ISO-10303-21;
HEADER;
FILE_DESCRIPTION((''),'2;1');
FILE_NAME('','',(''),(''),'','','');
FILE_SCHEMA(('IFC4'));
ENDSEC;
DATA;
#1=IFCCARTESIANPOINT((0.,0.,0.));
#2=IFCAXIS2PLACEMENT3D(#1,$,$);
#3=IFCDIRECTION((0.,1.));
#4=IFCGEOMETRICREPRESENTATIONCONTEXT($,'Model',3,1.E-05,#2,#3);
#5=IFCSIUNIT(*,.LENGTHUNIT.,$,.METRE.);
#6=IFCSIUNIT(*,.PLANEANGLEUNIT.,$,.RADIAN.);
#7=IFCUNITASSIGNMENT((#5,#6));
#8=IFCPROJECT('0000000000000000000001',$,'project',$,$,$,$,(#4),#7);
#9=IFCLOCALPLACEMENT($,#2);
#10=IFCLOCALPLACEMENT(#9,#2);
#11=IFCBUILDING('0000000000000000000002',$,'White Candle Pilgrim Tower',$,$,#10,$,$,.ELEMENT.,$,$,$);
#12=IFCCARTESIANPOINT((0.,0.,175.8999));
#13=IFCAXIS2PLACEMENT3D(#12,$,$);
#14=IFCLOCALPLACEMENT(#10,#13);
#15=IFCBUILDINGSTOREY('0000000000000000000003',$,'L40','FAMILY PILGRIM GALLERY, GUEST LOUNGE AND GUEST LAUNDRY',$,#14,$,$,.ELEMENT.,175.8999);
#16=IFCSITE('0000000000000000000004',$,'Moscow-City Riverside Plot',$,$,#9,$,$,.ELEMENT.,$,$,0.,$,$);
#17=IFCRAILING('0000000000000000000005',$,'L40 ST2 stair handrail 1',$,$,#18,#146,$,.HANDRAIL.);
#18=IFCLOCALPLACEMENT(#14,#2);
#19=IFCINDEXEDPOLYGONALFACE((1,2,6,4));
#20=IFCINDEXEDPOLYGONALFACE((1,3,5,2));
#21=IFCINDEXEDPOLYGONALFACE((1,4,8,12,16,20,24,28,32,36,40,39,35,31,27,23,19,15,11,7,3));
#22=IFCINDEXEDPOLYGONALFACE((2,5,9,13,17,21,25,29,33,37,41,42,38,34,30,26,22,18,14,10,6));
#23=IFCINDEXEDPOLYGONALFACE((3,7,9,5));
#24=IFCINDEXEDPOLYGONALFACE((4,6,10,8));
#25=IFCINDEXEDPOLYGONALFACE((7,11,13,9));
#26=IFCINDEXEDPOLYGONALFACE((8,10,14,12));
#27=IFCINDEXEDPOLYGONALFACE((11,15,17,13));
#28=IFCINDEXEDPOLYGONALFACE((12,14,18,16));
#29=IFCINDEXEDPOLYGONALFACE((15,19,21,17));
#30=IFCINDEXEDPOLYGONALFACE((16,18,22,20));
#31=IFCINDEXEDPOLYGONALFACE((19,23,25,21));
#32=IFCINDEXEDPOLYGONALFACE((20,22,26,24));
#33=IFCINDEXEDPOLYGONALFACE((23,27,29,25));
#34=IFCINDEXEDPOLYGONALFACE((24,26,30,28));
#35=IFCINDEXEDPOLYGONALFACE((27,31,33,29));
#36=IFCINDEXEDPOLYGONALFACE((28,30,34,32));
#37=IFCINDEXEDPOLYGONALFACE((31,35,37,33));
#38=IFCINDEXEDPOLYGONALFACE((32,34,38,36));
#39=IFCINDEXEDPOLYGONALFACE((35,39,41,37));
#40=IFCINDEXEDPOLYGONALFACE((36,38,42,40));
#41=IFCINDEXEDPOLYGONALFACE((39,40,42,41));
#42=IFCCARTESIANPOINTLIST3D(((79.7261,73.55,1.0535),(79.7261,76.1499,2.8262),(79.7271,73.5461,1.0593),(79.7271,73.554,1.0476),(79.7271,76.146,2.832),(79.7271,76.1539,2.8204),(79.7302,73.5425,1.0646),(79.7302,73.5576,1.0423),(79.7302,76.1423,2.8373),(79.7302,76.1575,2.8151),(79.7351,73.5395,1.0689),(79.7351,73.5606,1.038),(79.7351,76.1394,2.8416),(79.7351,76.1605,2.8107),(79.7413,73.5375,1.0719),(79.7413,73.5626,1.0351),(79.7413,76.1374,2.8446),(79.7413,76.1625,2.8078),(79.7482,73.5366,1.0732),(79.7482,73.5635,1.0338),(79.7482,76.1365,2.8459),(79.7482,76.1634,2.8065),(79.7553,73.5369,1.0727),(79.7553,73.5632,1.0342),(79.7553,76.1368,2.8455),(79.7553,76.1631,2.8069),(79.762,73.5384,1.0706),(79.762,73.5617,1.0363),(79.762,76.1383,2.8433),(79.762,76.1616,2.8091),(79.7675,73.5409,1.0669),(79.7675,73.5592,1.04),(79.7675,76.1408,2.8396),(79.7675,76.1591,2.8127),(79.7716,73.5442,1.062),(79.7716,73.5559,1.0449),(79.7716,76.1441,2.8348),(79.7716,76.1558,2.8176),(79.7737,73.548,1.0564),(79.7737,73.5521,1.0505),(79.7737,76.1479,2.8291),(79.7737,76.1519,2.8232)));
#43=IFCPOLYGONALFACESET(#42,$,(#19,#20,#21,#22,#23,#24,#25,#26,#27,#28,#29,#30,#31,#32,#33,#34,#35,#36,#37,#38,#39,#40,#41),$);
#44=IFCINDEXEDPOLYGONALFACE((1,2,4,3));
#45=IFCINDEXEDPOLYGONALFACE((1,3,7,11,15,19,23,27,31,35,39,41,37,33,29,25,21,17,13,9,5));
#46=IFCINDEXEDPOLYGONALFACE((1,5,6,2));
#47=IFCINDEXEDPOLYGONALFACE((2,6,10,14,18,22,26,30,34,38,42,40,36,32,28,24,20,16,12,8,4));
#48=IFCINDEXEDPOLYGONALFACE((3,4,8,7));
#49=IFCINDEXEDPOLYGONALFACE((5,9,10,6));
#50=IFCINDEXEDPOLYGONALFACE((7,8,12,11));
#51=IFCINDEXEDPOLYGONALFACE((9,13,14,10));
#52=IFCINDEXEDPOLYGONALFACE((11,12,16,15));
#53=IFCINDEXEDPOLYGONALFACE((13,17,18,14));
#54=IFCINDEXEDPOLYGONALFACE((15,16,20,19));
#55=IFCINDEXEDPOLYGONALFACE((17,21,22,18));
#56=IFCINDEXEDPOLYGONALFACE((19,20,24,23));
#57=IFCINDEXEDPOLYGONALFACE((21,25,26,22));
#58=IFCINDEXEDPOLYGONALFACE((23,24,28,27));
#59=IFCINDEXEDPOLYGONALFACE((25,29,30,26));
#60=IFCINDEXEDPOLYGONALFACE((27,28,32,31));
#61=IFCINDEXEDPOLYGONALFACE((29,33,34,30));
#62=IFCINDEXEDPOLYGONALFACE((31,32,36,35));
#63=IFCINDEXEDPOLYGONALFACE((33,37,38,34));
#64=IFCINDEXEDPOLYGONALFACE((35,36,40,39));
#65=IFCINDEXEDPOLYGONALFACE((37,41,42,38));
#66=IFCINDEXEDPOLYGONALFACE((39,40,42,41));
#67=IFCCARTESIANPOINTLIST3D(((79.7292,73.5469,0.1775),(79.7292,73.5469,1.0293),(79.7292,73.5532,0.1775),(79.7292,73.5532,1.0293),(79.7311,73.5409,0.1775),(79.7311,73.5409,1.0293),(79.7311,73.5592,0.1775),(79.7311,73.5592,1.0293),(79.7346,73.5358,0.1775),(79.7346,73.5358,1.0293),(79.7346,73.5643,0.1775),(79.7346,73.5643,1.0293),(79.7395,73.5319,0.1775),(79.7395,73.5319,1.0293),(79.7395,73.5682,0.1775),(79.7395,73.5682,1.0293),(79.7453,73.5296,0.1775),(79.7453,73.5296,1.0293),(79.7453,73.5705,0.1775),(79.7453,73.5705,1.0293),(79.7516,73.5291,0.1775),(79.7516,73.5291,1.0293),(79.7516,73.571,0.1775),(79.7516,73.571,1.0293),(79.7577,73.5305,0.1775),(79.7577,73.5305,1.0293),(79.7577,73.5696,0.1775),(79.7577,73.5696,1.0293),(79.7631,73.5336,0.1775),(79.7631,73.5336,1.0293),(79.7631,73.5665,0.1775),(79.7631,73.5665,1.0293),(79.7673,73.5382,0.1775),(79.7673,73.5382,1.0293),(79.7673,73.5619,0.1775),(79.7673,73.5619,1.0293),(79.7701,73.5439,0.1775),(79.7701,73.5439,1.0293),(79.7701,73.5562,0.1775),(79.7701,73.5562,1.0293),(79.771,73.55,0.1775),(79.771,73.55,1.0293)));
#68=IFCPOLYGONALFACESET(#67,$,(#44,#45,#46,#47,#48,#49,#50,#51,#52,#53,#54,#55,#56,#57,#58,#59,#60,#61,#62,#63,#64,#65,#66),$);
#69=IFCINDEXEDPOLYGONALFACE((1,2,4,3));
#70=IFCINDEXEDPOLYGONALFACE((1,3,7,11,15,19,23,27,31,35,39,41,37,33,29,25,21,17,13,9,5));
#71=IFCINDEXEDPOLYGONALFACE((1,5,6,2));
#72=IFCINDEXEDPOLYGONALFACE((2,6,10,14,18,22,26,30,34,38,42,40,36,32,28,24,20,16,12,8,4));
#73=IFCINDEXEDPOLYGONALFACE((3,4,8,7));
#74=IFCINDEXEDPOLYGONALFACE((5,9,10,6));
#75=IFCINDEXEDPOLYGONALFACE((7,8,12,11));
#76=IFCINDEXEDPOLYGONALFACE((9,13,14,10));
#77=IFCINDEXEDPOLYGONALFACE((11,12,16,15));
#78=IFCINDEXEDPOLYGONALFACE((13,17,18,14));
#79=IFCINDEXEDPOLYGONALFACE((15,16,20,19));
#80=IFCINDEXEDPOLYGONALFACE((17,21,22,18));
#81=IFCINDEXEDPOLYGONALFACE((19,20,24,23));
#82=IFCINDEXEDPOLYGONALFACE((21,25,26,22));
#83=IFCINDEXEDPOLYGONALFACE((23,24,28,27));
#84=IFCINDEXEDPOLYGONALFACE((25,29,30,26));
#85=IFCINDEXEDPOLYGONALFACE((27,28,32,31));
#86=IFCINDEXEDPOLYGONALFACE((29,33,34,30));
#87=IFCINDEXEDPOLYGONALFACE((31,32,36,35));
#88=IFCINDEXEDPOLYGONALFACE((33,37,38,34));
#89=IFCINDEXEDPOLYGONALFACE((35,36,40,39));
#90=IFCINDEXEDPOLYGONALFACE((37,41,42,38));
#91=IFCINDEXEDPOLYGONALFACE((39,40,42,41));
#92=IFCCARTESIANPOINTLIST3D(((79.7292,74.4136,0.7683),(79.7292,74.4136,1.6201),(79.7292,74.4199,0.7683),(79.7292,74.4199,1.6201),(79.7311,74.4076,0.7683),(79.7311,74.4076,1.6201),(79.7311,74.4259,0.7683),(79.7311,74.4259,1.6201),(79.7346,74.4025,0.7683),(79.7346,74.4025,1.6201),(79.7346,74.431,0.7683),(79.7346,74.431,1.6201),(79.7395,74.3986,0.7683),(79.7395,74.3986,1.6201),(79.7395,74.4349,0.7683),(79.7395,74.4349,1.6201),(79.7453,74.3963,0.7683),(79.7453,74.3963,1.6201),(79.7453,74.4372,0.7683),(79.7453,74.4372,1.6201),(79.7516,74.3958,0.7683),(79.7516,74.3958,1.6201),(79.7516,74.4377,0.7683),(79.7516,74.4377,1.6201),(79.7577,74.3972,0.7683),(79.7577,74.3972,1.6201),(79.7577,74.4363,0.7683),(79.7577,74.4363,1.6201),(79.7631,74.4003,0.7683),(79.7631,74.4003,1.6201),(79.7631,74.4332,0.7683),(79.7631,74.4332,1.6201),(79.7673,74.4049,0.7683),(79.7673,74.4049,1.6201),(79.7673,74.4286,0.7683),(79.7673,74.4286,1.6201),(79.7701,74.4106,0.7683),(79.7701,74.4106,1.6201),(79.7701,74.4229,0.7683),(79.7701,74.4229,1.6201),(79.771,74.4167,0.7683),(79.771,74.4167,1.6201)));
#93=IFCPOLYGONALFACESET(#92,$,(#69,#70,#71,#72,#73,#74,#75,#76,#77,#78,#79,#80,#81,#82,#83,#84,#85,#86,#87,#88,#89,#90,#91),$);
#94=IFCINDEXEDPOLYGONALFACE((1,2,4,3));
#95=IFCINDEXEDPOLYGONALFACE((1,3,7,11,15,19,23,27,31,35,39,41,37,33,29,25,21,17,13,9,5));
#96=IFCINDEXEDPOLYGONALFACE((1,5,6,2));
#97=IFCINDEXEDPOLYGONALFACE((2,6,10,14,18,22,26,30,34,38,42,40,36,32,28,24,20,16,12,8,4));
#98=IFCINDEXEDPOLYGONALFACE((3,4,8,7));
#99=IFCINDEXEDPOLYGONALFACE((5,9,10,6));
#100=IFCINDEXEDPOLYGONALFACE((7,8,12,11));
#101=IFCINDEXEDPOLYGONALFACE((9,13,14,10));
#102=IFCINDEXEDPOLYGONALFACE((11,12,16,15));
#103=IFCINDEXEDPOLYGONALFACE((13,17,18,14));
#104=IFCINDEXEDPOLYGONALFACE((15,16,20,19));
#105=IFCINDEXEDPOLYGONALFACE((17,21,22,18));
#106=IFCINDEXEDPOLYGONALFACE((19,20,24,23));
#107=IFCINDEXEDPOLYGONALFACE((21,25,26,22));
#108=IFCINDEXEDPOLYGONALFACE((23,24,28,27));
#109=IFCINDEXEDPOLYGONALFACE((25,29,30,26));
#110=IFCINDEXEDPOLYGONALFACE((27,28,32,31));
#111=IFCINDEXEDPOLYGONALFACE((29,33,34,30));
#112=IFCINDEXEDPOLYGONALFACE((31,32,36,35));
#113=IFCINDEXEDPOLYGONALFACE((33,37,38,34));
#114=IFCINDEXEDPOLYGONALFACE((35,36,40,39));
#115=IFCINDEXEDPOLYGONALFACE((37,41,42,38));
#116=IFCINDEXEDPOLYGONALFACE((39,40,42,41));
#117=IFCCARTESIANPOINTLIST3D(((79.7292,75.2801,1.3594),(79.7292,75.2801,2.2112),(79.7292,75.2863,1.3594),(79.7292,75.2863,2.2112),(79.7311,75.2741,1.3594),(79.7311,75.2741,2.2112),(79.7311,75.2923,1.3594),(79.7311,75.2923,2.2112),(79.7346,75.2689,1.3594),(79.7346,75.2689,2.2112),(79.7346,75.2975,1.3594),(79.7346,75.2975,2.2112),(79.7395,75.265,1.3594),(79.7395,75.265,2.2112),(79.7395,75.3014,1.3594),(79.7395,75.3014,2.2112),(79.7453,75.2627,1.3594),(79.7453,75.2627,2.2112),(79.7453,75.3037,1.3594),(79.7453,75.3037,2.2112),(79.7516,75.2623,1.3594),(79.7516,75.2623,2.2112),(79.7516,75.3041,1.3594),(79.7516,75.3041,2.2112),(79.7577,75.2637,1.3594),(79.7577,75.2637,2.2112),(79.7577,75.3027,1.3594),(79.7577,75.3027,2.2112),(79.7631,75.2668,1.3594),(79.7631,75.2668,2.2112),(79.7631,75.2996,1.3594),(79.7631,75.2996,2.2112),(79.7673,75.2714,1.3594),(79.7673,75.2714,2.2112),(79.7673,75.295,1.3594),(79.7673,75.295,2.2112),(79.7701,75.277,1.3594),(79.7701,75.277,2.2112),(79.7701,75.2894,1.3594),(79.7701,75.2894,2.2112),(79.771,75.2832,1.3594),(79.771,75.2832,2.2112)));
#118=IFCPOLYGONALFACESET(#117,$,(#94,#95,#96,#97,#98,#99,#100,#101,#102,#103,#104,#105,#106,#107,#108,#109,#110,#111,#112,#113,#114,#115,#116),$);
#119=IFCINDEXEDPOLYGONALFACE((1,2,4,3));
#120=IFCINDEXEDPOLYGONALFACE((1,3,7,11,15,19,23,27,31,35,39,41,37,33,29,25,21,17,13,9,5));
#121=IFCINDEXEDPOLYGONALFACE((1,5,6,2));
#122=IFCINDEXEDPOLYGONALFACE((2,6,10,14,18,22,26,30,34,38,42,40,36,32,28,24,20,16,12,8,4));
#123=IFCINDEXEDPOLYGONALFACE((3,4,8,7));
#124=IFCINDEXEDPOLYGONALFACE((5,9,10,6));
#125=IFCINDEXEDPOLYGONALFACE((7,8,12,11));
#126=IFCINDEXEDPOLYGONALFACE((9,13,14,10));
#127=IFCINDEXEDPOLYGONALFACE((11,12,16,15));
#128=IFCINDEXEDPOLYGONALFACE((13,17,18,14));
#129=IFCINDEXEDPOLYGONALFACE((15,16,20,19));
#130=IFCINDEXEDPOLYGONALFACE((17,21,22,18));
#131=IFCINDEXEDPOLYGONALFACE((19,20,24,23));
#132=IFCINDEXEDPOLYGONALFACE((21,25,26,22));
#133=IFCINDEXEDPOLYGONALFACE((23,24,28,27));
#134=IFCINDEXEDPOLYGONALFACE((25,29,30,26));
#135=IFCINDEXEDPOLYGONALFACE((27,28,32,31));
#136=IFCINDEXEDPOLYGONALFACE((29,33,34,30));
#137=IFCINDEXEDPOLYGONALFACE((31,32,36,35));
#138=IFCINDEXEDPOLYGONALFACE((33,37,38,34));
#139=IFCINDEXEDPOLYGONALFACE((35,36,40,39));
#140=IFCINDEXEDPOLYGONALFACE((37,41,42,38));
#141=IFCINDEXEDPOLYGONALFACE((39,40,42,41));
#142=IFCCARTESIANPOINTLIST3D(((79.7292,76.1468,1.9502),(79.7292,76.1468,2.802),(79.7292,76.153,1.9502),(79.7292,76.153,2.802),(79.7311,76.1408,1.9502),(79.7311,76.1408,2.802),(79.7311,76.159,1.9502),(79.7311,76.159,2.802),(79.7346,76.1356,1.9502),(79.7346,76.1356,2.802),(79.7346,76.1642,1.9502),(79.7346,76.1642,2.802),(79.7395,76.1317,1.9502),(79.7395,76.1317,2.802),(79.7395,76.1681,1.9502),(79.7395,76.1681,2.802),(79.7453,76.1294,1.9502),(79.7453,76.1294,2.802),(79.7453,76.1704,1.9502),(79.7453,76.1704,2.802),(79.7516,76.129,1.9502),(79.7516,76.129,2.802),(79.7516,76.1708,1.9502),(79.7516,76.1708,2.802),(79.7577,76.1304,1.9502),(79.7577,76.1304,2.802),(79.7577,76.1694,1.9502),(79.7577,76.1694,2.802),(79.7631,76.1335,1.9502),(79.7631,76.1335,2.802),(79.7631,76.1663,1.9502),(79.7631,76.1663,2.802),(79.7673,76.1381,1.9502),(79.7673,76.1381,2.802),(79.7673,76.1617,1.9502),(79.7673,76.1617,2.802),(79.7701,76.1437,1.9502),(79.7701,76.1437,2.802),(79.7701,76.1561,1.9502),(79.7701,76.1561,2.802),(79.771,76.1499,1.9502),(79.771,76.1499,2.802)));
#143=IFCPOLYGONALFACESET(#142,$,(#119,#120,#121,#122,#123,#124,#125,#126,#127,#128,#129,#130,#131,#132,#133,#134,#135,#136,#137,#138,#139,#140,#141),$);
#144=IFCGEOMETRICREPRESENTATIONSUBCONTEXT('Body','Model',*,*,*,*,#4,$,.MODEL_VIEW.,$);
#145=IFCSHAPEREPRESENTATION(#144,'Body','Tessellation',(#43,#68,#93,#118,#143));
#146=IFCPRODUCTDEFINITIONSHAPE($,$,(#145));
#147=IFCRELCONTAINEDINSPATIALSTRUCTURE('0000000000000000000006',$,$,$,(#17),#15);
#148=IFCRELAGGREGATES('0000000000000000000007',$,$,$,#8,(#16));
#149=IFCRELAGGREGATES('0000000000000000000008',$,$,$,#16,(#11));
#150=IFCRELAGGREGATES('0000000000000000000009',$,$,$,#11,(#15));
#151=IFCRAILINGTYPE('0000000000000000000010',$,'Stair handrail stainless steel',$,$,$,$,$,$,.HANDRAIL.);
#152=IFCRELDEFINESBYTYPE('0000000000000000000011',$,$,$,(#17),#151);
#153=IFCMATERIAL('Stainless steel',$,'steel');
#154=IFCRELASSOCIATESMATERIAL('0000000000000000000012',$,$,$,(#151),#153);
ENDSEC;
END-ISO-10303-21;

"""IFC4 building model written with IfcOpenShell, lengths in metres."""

from ifc_helpers import new_model, si_unit, direction, frame, origin, origin_2d, place, context, subcontext, project, spatial, circle, extrude, material, type_object, element, save


model = new_model("IFC4")

# Units and contexts
model_context = context("Model", 3, precision=1e-05, world=origin(), true_north=direction((0.0, 1.0)))
body_context = subcontext(model_context, "Body", "Model", "MODEL_VIEW")
ifc_project = project(units=[si_unit("LENGTHUNIT", "METRE"), si_unit("PLANEANGLEUNIT", "RADIAN")], contexts=[model_context])

# Site, building, storey
site_placement = place(None, origin())
site = spatial("IfcSite", under=ifc_project, at=site_placement, Name="Moscow-City Riverside Plot", CompositionType="ELEMENT", RefElevation=0.0)
building_placement = place(site_placement, origin())
building = spatial("IfcBuilding", under=site, at=building_placement, Name="White Candle Pilgrim Tower", CompositionType="ELEMENT")
storey_placement = place(building_placement, frame((0.0, 0.0, 175.8999)))
storey = spatial("IfcBuildingStorey", under=building, at=storey_placement, Name="L40", Description="FAMILY PILGRIM GALLERY, GUEST LOUNGE AND GUEST LAUNDRY", CompositionType="ELEMENT", Elevation=175.8999)

# Railing
ifc_material_1 = material(Name="Stainless steel", Category="steel")
railing_type_1 = type_object("IfcRailingType", Name="Stair handrail stainless steel", PredefinedType="HANDRAIL", material=ifc_material_1)
railing_1_placement = place(storey_placement, frame((79.75, 73.55, 0.1775)))
element("IfcRailing", 1, at=railing_1_placement, inside=storey, type_object=railing_type_1, Name="L40 ST2 stair handrail 1", PredefinedType="HANDRAIL", context=body_context, shape_type="SweptSolid", body=[
    extrude(circle(Radius=0.0239, at=origin_2d()), frame((0.0, 0.0, 0.876), z_axis=(0.0, 0.826216, 0.563354), x_axis=(-1.0, 0.0, 0.0)), (0.0, 0.0, 1.0), 3.1467),
    extrude(circle(Radius=0.021, at=origin_2d()), origin(), (0.0, 0.0, 1.0), 0.8518),
    extrude(circle(Radius=0.021, at=origin_2d()), frame((0.0, 0.8667, 0.5908)), (0.0, 0.0, 1.0), 0.8518),
    extrude(circle(Radius=0.021, at=origin_2d()), frame((0.0, 1.7332, 1.1819)), (0.0, 0.0, 1.0), 0.8518),
    extrude(circle(Radius=0.021, at=origin_2d()), frame((0.0, 2.5999, 1.7727)), (0.0, 0.0, 1.0), 0.8518),
])

save(model, "model.ifc")
